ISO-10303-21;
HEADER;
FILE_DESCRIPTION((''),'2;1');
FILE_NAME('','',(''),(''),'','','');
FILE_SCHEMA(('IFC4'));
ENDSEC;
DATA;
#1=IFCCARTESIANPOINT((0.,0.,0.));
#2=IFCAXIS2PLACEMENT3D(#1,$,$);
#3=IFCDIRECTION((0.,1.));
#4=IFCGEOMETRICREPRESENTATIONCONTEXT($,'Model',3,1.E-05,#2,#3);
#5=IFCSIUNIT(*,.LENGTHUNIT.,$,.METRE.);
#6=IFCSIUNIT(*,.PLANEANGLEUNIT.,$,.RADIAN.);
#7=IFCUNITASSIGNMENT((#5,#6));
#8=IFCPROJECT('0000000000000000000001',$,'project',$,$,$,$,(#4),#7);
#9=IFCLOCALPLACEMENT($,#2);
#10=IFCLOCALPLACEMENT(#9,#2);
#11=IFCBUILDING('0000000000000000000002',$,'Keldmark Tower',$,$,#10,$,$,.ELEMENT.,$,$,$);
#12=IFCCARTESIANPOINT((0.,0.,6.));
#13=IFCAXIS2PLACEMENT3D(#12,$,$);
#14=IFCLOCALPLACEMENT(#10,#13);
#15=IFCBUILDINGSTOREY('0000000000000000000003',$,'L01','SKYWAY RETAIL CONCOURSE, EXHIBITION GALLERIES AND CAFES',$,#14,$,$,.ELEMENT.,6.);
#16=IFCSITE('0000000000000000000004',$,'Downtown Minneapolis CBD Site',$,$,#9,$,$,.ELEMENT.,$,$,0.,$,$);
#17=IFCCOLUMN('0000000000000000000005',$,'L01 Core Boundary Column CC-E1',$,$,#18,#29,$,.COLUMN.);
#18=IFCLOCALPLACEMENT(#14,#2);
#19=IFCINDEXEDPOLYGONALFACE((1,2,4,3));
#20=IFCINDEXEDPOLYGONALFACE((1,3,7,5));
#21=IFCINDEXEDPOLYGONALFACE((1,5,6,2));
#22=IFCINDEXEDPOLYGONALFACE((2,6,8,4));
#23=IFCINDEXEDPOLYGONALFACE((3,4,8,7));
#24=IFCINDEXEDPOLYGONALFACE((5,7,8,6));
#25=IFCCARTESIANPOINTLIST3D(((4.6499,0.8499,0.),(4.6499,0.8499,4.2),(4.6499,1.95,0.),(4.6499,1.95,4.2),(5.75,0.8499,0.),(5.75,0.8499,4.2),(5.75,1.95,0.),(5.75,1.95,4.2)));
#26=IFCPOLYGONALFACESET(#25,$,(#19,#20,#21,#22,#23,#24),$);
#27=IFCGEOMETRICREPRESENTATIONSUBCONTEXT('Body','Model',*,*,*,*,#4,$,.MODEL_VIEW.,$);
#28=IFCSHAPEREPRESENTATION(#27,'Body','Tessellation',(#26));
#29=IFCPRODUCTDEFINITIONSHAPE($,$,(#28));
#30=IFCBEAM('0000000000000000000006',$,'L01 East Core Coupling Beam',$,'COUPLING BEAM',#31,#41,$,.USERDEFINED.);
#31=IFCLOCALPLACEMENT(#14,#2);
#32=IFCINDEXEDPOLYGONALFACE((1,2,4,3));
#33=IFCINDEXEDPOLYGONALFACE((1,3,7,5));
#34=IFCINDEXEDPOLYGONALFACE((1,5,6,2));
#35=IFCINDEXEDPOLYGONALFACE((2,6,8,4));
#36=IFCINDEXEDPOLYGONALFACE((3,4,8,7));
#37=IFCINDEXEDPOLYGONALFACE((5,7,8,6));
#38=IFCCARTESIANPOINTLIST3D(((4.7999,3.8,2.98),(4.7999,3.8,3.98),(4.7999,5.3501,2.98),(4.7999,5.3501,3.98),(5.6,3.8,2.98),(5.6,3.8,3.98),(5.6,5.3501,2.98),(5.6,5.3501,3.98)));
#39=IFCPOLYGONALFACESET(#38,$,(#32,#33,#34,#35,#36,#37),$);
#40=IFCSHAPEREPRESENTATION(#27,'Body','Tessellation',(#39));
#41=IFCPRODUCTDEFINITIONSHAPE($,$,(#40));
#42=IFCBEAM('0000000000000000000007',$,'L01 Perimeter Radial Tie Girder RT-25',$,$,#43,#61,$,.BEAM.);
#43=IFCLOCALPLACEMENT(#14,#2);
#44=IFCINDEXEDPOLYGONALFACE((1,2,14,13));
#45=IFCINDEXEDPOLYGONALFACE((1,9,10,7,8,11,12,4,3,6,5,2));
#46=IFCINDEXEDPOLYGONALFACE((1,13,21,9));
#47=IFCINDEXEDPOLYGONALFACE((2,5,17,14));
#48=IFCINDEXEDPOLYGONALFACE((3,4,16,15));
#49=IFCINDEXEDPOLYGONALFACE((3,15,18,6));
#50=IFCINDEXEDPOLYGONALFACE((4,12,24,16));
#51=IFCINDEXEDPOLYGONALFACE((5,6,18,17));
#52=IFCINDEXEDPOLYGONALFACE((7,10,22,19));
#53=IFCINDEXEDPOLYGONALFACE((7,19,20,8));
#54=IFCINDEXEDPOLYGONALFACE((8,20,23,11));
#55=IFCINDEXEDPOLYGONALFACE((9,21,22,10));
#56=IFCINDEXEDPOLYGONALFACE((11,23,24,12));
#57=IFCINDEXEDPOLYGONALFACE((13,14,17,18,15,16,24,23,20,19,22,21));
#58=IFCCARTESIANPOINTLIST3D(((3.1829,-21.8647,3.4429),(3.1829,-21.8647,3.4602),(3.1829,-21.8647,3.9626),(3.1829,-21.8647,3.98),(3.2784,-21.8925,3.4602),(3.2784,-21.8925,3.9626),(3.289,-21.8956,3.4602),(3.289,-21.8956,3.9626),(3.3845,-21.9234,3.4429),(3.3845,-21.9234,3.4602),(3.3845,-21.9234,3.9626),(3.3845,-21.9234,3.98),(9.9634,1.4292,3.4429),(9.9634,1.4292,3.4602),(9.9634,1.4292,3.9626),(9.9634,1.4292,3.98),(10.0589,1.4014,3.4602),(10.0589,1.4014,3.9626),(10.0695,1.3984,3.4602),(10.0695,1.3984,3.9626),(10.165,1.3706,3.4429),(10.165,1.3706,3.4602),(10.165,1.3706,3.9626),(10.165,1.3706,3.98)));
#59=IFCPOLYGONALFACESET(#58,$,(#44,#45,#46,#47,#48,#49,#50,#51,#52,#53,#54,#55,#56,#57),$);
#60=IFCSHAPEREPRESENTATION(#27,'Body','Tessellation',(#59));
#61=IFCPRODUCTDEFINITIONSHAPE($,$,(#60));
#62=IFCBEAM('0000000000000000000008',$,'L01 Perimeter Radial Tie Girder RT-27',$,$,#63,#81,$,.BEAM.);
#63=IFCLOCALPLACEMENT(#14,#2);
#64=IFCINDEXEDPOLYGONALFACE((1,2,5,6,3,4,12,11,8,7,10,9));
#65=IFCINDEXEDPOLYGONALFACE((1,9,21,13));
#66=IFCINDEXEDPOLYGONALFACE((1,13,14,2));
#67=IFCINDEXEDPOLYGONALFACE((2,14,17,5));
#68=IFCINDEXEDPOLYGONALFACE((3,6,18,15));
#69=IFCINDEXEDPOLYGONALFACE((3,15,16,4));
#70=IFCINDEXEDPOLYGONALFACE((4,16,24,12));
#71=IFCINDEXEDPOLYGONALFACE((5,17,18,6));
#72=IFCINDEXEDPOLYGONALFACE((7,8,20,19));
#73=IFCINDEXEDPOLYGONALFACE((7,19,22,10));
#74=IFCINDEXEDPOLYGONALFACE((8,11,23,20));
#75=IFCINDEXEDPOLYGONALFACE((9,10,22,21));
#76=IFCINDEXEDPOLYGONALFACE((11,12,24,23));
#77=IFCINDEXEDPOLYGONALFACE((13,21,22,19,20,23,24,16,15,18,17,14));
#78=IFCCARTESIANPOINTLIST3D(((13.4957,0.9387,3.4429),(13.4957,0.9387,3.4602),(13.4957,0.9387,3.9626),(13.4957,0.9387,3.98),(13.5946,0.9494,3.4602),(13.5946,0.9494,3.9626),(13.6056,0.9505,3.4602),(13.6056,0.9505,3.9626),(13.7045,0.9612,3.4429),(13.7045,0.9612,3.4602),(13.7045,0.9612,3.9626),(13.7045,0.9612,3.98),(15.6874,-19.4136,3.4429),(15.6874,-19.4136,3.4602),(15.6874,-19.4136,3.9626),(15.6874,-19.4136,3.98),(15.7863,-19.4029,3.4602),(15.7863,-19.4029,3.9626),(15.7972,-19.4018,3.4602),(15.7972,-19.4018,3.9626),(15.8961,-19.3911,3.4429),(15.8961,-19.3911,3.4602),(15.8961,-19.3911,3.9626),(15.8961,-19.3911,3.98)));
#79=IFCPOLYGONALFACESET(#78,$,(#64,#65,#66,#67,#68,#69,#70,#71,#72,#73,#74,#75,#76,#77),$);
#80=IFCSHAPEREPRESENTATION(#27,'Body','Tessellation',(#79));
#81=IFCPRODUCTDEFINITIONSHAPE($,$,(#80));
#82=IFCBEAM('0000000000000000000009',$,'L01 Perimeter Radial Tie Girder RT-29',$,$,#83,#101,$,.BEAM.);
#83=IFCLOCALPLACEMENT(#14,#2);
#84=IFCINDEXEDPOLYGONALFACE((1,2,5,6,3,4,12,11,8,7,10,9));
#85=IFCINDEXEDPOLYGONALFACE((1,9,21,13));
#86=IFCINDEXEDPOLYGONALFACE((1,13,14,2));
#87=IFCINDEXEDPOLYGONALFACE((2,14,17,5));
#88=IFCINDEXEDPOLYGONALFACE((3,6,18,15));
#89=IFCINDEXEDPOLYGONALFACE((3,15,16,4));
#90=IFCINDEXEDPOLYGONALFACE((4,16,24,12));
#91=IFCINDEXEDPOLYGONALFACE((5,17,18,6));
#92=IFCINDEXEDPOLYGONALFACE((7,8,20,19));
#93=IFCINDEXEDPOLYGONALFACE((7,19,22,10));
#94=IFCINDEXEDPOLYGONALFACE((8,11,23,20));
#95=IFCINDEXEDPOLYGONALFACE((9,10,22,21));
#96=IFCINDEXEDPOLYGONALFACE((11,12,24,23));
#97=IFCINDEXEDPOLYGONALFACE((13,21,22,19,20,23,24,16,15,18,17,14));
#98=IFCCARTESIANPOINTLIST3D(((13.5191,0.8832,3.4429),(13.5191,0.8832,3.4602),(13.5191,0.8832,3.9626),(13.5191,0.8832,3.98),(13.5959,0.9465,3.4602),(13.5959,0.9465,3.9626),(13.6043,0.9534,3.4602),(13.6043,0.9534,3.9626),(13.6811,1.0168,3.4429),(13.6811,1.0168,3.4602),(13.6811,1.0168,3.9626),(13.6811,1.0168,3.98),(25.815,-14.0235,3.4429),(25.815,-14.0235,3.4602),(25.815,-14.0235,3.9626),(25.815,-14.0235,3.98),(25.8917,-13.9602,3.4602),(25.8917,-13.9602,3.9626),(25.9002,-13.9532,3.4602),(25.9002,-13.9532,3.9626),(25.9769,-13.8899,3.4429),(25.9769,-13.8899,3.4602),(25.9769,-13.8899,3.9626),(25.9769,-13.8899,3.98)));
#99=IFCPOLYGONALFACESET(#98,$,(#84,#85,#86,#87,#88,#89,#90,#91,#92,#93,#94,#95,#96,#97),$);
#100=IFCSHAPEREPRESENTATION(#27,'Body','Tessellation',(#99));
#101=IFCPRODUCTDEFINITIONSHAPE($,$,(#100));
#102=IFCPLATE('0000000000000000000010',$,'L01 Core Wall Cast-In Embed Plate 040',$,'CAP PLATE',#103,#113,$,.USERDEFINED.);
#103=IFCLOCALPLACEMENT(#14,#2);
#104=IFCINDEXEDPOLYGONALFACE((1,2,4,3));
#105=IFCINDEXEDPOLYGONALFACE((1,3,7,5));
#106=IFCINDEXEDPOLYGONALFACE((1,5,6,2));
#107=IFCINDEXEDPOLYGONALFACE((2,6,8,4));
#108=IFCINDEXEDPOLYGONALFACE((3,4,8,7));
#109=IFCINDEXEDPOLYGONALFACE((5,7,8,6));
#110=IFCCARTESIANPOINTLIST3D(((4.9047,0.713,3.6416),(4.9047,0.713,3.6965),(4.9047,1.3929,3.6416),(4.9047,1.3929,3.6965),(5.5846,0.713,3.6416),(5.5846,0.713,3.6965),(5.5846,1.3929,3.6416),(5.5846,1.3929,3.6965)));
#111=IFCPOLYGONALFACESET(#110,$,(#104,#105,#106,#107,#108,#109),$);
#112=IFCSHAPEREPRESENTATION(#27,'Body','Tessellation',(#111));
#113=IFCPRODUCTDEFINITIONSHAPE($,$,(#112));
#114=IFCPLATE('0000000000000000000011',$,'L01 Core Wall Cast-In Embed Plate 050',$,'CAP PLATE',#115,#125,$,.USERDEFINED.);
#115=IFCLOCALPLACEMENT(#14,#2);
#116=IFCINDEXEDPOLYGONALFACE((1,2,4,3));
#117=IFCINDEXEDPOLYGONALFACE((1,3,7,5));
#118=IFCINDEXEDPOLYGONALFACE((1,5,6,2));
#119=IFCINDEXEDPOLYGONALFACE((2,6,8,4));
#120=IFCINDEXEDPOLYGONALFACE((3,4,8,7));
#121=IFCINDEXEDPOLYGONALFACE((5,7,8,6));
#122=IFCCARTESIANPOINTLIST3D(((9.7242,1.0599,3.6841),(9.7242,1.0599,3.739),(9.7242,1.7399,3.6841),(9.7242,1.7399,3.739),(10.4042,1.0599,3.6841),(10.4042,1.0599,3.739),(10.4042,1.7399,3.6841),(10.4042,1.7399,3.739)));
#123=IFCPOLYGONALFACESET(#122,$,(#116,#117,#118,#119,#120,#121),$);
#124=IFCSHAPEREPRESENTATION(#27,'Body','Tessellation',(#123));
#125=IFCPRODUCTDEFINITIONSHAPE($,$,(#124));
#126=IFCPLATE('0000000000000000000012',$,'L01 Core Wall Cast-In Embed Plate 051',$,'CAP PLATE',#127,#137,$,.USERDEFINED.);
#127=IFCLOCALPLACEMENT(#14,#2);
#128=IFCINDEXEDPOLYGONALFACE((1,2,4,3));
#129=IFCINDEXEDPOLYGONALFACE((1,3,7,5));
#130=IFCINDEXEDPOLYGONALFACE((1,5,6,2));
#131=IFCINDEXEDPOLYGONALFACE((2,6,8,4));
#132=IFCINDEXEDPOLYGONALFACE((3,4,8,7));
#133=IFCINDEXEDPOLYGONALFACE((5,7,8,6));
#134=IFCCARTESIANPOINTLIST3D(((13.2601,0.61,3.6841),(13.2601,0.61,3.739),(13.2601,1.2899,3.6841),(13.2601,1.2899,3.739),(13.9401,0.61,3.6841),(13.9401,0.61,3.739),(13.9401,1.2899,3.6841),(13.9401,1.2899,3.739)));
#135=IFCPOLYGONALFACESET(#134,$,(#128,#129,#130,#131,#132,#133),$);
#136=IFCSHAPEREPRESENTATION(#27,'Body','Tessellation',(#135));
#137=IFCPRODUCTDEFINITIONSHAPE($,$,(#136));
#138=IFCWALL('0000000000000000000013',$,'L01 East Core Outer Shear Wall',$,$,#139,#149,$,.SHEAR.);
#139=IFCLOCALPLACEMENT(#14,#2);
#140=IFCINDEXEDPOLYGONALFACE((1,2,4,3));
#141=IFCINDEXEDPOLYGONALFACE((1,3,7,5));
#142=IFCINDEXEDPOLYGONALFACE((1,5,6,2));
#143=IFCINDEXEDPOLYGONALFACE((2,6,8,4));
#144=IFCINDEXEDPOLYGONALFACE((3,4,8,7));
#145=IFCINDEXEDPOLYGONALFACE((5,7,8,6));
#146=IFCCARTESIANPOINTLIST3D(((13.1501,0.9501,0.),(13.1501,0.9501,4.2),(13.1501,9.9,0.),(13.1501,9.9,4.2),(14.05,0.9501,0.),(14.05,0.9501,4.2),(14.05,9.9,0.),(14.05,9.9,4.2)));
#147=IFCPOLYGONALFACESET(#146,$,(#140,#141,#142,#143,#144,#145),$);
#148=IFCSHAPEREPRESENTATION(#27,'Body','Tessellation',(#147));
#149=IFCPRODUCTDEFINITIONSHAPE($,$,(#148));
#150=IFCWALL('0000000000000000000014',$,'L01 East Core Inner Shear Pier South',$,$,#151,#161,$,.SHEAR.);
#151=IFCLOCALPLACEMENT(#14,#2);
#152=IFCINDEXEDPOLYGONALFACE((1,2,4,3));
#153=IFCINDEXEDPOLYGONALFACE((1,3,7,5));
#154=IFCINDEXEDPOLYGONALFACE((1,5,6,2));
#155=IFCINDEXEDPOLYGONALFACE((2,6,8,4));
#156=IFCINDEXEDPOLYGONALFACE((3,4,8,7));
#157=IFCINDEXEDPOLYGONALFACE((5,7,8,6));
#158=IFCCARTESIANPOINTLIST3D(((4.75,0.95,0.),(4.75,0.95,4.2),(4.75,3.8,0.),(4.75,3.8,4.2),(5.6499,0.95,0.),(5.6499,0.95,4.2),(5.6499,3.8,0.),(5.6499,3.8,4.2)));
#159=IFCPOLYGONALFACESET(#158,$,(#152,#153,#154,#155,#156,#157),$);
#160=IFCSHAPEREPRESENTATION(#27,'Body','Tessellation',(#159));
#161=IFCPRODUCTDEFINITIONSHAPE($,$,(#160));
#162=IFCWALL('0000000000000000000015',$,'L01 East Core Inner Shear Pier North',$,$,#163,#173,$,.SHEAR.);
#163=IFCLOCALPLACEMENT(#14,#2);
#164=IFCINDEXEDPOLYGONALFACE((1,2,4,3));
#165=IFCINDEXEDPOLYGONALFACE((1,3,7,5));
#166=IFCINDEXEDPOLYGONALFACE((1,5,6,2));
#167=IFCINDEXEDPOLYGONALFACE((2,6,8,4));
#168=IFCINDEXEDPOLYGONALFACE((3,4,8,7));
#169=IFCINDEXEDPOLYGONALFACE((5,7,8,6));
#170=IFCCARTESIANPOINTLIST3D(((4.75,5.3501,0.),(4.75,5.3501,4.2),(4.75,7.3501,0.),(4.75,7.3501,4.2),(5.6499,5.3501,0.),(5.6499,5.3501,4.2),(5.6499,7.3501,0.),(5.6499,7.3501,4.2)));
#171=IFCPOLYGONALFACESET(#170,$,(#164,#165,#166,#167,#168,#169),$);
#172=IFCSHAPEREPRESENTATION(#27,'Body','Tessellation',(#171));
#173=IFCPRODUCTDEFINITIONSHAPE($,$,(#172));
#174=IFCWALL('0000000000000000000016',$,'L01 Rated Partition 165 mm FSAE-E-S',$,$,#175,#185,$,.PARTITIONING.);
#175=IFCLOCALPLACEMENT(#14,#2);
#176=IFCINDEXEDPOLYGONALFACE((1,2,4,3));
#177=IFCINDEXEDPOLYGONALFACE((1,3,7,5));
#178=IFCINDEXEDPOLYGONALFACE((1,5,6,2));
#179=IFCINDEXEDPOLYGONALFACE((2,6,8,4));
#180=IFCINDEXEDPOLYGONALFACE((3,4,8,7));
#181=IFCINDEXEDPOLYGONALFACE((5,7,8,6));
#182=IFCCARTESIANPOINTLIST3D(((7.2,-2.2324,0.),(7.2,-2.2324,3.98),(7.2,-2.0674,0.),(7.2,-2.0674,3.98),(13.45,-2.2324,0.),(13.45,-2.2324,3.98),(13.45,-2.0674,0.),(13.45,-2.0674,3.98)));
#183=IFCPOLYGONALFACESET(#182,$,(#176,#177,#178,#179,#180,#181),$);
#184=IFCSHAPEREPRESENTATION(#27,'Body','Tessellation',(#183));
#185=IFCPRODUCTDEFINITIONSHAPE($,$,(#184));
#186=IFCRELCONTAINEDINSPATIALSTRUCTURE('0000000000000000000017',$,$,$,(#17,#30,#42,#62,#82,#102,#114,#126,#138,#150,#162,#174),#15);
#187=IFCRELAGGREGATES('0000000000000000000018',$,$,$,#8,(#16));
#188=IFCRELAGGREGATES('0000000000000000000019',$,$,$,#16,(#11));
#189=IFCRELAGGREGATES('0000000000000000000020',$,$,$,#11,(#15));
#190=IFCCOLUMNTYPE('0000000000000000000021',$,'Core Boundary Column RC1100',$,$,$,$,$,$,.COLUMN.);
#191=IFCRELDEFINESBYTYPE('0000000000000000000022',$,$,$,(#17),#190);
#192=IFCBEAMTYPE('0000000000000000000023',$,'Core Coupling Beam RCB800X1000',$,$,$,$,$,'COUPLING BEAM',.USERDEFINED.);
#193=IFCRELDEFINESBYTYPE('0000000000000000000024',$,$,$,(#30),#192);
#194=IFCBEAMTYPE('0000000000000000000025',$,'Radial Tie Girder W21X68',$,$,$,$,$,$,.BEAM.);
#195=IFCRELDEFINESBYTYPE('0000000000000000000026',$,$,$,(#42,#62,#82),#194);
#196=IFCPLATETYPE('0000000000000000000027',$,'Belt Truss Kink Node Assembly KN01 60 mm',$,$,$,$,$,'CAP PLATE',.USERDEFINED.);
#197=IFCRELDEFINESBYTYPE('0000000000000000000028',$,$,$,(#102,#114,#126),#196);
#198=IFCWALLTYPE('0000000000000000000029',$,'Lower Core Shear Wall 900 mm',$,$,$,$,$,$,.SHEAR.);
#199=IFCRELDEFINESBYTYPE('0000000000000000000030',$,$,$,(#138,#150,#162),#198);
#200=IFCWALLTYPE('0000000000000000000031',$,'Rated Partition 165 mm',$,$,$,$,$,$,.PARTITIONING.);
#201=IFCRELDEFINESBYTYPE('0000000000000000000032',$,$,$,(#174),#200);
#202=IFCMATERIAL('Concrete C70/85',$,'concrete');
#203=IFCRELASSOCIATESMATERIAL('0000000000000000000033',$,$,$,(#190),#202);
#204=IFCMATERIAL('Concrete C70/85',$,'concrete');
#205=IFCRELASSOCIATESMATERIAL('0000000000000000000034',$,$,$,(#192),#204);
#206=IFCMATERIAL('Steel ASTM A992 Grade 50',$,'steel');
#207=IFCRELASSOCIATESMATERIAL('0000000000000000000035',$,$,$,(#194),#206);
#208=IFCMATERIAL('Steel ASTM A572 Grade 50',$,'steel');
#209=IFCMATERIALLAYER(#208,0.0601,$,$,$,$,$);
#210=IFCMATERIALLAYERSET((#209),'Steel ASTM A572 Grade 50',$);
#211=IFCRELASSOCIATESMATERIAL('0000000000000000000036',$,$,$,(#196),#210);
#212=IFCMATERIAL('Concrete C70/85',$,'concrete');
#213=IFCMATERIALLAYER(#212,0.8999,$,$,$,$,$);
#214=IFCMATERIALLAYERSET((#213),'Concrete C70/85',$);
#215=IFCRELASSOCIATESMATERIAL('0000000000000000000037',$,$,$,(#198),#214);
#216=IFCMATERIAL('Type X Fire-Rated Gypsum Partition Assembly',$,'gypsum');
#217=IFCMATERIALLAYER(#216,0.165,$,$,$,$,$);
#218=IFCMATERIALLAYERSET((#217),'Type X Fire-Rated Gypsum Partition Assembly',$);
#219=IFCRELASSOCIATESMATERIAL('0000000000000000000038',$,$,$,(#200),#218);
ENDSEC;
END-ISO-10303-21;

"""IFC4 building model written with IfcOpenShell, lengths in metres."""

from ifc_helpers import new_model, si_unit, direction, frame, frame_2d, origin, origin_2d, place, context, subcontext, project, spatial, rectangle, i_section, extrude, material, layer, layer_set, material_profile, profile_set, type_object, element, save


model = new_model("IFC4")

# Units and contexts
model_context = context("Model", 3, precision=1e-05, world=origin(), true_north=direction((0.0, 1.0)))
body_context = subcontext(model_context, "Body", "Model", "MODEL_VIEW")
ifc_project = project(units=[si_unit("LENGTHUNIT", "METRE"), si_unit("PLANEANGLEUNIT", "RADIAN")], contexts=[model_context])

# Site, building, storey
site_placement = place(None, origin())
site = spatial("IfcSite", under=ifc_project, at=site_placement, Name="Downtown Minneapolis CBD Site", CompositionType="ELEMENT", RefElevation=0.0)
building_placement = place(site_placement, origin())
building = spatial("IfcBuilding", under=site, at=building_placement, Name="Keldmark Tower", CompositionType="ELEMENT")
storey_placement = place(building_placement, frame((0.0, 0.0, 6.0)))
storey = spatial("IfcBuildingStorey", under=building, at=storey_placement, Name="L01", Description="SKYWAY RETAIL CONCOURSE, EXHIBITION GALLERIES AND CAFES", CompositionType="ELEMENT", Elevation=6.0)

# Column
ifc_material_1 = material(Name="Concrete C70/85", Category="concrete")
ifc_material_profile_1 = material_profile(ifc_material_1, rectangle(XDim=1.1001, YDim=1.1001, at=origin_2d()), Name="RC1100X1100")
ifc_profile_set_1 = profile_set([ifc_material_profile_1], Name="Concrete C70/85")
column_type = type_object("IfcColumnType", Name="Core Boundary Column RC1100", PredefinedType="COLUMN", material=ifc_profile_set_1)
column_placement = place(storey_placement, frame((5.2, 1.3999, 0.0), z_axis=(0.0, 0.0, 1.0), x_axis=(1.0, 0.0, 0.0)))
element("IfcColumn", 1, at=column_placement, inside=storey, type_object=column_type, Name="L01 Core Boundary Column CC-E1", PredefinedType="COLUMN", context=body_context, shape_type="SweptSolid", body=[
    extrude(rectangle(XDim=1.1001, YDim=1.1001, at=origin_2d()), origin(), (0.0, 0.0, 1.0), 4.2),
])

# Beams
ifc_material_2 = material(Name="Concrete C70/85", Category="concrete")
ifc_material_profile_2 = material_profile(ifc_material_2, rectangle(XDim=0.8, YDim=1.0, at=origin_2d()), Name="RCB800X1000")
ifc_profile_set_2 = profile_set([ifc_material_profile_2], Name="Concrete C70/85")
beam_type_1 = type_object("IfcBeamType", Name="Core Coupling Beam RCB800X1000", ElementType="COUPLING BEAM", PredefinedType="USERDEFINED", material=ifc_profile_set_2)
beam_1_placement = place(storey_placement, frame((5.2, 3.8, 3.48), z_axis=(0.0, 1.0, 0.0), x_axis=(-1.0, 0.0, 0.0)))
element("IfcBeam", 2, at=beam_1_placement, inside=storey, type_object=beam_type_1, Name="L01 East Core Coupling Beam", ObjectType="COUPLING BEAM", PredefinedType="USERDEFINED", context=body_context, shape_type="SweptSolid", body=[
    extrude(rectangle(XDim=0.8, YDim=1.0, at=origin_2d()), origin(), (0.0, 0.0, 1.0), 1.55),
])
ifc_material_3 = material(Name="Steel ASTM A992 Grade 50", Category="steel")
ifc_material_profile_3 = material_profile(ifc_material_3, i_section(OverallWidth=0.21, OverallDepth=0.5371, WebThickness=0.011, FlangeThickness=0.0173, at=origin_2d()), Name="W21X68")
ifc_profile_set_3 = profile_set([ifc_material_profile_3], Name="Steel ASTM A992 Grade 50")
beam_type_2 = type_object("IfcBeamType", Name="Radial Tie Girder W21X68", PredefinedType="BEAM", material=ifc_profile_set_3)
beam_2_placement = place(storey_placement, frame((10.0642, 1.3999, 3.7114), z_axis=(-0.279485, -0.96015, 0.0), x_axis=(0.96015, -0.279485, 0.0)))
element("IfcBeam", 3, at=beam_2_placement, inside=storey, type_object=beam_type_2, Name="L01 Perimeter Radial Tie Girder RT-25", PredefinedType="BEAM", context=body_context, shape_type="SweptSolid", body=[
    extrude(i_section(OverallWidth=0.21, OverallDepth=0.5371, WebThickness=0.011, FlangeThickness=0.0173, at=origin_2d()), origin(), (0.0, 0.0, 1.0), 24.2607),
])
beam_3_placement = place(storey_placement, frame((13.6001, 0.95, 3.7114), z_axis=(0.107067, -0.994252, 0.0), x_axis=(0.994252, 0.107067, 0.0)))
element("IfcBeam", 4, at=beam_3_placement, inside=storey, type_object=beam_type_2, Name="L01 Perimeter Radial Tie Girder RT-27", PredefinedType="BEAM", context=body_context, shape_type="SweptSolid", body=[
    extrude(i_section(OverallWidth=0.21, OverallDepth=0.5371, WebThickness=0.011, FlangeThickness=0.0173, at=origin_2d()), origin(), (0.0, 0.0, 1.0), 20.47),
])
beam_4_placement = place(storey_placement, frame((13.6001, 0.95, 3.7114), z_axis=(0.636316, -0.771428, 0.0), x_axis=(0.771428, 0.636316, 0.0)))
element("IfcBeam", 5, at=beam_4_placement, inside=storey, type_object=beam_type_2, Name="L01 Perimeter Radial Tie Girder RT-29", PredefinedType="BEAM", context=body_context, shape_type="SweptSolid", body=[
    extrude(i_section(OverallWidth=0.21, OverallDepth=0.5371, WebThickness=0.011, FlangeThickness=0.0173, at=origin_2d()), origin(), (0.0, 0.0, 1.0), 19.3235),
])

# Plates
ifc_material_4 = material(Name="Steel ASTM A572 Grade 50", Category="steel")
ifc_layer_1 = layer(ifc_material_4, 0.0601)
ifc_layer_set_1 = layer_set([ifc_layer_1], Name="Steel ASTM A572 Grade 50")
plate_type = type_object("IfcPlateType", Name="Belt Truss Kink Node Assembly KN01 60 mm", ElementType="CAP PLATE", PredefinedType="USERDEFINED", material=ifc_layer_set_1)
for number, where, z_axis, x_axis, name in (
    (6, (5.2446, 1.053, 3.6416), (0.0, 0.0, 1.0), (1.0, 0.0, 0.0), "L01 Core Wall Cast-In Embed Plate 040"),
    (7, (10.0642, 1.3999, 3.6841), (0.0, 0.0, 1.0), (1.0, 0.0, 0.0), "L01 Core Wall Cast-In Embed Plate 050"),
    (8, (13.6001, 0.95, 3.6841), (0.0, 0.0, 1.0), (1.0, 0.0, 0.0), "L01 Core Wall Cast-In Embed Plate 051"),
):
    element("IfcPlate", number, at=place(storey_placement, frame(where, z_axis=z_axis, x_axis=x_axis)), inside=storey, type_object=plate_type, Name=name, ObjectType="CAP PLATE", PredefinedType="USERDEFINED", context=body_context, shape_type="SweptSolid", body=[
        extrude(rectangle(XDim=0.6799, YDim=0.6799, at=origin_2d()), origin(), (0.0, 0.0, 1.0), 0.0549),
    ])

# Walls
ifc_material_5 = material(Name="Concrete C70/85", Category="concrete")
ifc_layer_2 = layer(ifc_material_5, 0.8999)
ifc_layer_set_2 = layer_set([ifc_layer_2], Name="Concrete C70/85")
wall_type_1 = type_object("IfcWallType", Name="Lower Core Shear Wall 900 mm", PredefinedType="SHEAR", material=ifc_layer_set_2)
wall_1_placement = place(storey_placement, frame((13.6001, 0.95, 0.0), z_axis=(0.0, 0.0, 1.0), x_axis=(0.0, 1.0, 0.0)))
element("IfcWall", 9, at=wall_1_placement, inside=storey, type_object=wall_type_1, Name="L01 East Core Outer Shear Wall", PredefinedType="SHEAR", context=body_context, shape_type="SweptSolid", body=[
    extrude(rectangle(XDim=8.95, YDim=0.8999, at=frame_2d((4.4751, 0.0))), origin(), (0.0, 0.0, 1.0), 4.2),
])
wall_2_placement = place(storey_placement, frame((5.2, 0.95, 0.0), z_axis=(0.0, 0.0, 1.0), x_axis=(0.0, 1.0, 0.0)))
element("IfcWall", 10, at=wall_2_placement, inside=storey, type_object=wall_type_1, Name="L01 East Core Inner Shear Pier South", PredefinedType="SHEAR", context=body_context, shape_type="SweptSolid", body=[
    extrude(rectangle(XDim=2.8501, YDim=0.8999, at=frame_2d((1.425, 0.0))), origin(), (0.0, 0.0, 1.0), 4.2),
])
wall_3_placement = place(storey_placement, frame((5.2, 5.3501, 0.0), z_axis=(0.0, 0.0, 1.0), x_axis=(0.0, 1.0, 0.0)))
element("IfcWall", 11, at=wall_3_placement, inside=storey, type_object=wall_type_1, Name="L01 East Core Inner Shear Pier North", PredefinedType="SHEAR", context=body_context, shape_type="SweptSolid", body=[
    extrude(rectangle(XDim=2.0, YDim=0.8999, at=frame_2d((1.0, 0.0))), origin(), (0.0, 0.0, 1.0), 4.2),
])
ifc_material_6 = material(Name="Type X Fire-Rated Gypsum Partition Assembly", Category="gypsum")
ifc_layer_3 = layer(ifc_material_6, 0.165)
ifc_layer_set_3 = layer_set([ifc_layer_3], Name="Type X Fire-Rated Gypsum Partition Assembly")
wall_type_2 = type_object("IfcWallType", Name="Rated Partition 165 mm", PredefinedType="PARTITIONING", material=ifc_layer_set_3)
wall_4_placement = place(storey_placement, frame((7.2, -2.1499, 0.0), z_axis=(0.0, 0.0, 1.0), x_axis=(1.0, 0.0, 0.0)))
element("IfcWall", 12, at=wall_4_placement, inside=storey, type_object=wall_type_2, Name="L01 Rated Partition 165 mm FSAE-E-S", PredefinedType="PARTITIONING", context=body_context, shape_type="SweptSolid", body=[
    extrude(rectangle(XDim=6.25, YDim=0.165, at=frame_2d((3.125, 0.0))), origin(), (0.0, 0.0, 1.0), 3.98),
])

save(model, "model.ifc")
